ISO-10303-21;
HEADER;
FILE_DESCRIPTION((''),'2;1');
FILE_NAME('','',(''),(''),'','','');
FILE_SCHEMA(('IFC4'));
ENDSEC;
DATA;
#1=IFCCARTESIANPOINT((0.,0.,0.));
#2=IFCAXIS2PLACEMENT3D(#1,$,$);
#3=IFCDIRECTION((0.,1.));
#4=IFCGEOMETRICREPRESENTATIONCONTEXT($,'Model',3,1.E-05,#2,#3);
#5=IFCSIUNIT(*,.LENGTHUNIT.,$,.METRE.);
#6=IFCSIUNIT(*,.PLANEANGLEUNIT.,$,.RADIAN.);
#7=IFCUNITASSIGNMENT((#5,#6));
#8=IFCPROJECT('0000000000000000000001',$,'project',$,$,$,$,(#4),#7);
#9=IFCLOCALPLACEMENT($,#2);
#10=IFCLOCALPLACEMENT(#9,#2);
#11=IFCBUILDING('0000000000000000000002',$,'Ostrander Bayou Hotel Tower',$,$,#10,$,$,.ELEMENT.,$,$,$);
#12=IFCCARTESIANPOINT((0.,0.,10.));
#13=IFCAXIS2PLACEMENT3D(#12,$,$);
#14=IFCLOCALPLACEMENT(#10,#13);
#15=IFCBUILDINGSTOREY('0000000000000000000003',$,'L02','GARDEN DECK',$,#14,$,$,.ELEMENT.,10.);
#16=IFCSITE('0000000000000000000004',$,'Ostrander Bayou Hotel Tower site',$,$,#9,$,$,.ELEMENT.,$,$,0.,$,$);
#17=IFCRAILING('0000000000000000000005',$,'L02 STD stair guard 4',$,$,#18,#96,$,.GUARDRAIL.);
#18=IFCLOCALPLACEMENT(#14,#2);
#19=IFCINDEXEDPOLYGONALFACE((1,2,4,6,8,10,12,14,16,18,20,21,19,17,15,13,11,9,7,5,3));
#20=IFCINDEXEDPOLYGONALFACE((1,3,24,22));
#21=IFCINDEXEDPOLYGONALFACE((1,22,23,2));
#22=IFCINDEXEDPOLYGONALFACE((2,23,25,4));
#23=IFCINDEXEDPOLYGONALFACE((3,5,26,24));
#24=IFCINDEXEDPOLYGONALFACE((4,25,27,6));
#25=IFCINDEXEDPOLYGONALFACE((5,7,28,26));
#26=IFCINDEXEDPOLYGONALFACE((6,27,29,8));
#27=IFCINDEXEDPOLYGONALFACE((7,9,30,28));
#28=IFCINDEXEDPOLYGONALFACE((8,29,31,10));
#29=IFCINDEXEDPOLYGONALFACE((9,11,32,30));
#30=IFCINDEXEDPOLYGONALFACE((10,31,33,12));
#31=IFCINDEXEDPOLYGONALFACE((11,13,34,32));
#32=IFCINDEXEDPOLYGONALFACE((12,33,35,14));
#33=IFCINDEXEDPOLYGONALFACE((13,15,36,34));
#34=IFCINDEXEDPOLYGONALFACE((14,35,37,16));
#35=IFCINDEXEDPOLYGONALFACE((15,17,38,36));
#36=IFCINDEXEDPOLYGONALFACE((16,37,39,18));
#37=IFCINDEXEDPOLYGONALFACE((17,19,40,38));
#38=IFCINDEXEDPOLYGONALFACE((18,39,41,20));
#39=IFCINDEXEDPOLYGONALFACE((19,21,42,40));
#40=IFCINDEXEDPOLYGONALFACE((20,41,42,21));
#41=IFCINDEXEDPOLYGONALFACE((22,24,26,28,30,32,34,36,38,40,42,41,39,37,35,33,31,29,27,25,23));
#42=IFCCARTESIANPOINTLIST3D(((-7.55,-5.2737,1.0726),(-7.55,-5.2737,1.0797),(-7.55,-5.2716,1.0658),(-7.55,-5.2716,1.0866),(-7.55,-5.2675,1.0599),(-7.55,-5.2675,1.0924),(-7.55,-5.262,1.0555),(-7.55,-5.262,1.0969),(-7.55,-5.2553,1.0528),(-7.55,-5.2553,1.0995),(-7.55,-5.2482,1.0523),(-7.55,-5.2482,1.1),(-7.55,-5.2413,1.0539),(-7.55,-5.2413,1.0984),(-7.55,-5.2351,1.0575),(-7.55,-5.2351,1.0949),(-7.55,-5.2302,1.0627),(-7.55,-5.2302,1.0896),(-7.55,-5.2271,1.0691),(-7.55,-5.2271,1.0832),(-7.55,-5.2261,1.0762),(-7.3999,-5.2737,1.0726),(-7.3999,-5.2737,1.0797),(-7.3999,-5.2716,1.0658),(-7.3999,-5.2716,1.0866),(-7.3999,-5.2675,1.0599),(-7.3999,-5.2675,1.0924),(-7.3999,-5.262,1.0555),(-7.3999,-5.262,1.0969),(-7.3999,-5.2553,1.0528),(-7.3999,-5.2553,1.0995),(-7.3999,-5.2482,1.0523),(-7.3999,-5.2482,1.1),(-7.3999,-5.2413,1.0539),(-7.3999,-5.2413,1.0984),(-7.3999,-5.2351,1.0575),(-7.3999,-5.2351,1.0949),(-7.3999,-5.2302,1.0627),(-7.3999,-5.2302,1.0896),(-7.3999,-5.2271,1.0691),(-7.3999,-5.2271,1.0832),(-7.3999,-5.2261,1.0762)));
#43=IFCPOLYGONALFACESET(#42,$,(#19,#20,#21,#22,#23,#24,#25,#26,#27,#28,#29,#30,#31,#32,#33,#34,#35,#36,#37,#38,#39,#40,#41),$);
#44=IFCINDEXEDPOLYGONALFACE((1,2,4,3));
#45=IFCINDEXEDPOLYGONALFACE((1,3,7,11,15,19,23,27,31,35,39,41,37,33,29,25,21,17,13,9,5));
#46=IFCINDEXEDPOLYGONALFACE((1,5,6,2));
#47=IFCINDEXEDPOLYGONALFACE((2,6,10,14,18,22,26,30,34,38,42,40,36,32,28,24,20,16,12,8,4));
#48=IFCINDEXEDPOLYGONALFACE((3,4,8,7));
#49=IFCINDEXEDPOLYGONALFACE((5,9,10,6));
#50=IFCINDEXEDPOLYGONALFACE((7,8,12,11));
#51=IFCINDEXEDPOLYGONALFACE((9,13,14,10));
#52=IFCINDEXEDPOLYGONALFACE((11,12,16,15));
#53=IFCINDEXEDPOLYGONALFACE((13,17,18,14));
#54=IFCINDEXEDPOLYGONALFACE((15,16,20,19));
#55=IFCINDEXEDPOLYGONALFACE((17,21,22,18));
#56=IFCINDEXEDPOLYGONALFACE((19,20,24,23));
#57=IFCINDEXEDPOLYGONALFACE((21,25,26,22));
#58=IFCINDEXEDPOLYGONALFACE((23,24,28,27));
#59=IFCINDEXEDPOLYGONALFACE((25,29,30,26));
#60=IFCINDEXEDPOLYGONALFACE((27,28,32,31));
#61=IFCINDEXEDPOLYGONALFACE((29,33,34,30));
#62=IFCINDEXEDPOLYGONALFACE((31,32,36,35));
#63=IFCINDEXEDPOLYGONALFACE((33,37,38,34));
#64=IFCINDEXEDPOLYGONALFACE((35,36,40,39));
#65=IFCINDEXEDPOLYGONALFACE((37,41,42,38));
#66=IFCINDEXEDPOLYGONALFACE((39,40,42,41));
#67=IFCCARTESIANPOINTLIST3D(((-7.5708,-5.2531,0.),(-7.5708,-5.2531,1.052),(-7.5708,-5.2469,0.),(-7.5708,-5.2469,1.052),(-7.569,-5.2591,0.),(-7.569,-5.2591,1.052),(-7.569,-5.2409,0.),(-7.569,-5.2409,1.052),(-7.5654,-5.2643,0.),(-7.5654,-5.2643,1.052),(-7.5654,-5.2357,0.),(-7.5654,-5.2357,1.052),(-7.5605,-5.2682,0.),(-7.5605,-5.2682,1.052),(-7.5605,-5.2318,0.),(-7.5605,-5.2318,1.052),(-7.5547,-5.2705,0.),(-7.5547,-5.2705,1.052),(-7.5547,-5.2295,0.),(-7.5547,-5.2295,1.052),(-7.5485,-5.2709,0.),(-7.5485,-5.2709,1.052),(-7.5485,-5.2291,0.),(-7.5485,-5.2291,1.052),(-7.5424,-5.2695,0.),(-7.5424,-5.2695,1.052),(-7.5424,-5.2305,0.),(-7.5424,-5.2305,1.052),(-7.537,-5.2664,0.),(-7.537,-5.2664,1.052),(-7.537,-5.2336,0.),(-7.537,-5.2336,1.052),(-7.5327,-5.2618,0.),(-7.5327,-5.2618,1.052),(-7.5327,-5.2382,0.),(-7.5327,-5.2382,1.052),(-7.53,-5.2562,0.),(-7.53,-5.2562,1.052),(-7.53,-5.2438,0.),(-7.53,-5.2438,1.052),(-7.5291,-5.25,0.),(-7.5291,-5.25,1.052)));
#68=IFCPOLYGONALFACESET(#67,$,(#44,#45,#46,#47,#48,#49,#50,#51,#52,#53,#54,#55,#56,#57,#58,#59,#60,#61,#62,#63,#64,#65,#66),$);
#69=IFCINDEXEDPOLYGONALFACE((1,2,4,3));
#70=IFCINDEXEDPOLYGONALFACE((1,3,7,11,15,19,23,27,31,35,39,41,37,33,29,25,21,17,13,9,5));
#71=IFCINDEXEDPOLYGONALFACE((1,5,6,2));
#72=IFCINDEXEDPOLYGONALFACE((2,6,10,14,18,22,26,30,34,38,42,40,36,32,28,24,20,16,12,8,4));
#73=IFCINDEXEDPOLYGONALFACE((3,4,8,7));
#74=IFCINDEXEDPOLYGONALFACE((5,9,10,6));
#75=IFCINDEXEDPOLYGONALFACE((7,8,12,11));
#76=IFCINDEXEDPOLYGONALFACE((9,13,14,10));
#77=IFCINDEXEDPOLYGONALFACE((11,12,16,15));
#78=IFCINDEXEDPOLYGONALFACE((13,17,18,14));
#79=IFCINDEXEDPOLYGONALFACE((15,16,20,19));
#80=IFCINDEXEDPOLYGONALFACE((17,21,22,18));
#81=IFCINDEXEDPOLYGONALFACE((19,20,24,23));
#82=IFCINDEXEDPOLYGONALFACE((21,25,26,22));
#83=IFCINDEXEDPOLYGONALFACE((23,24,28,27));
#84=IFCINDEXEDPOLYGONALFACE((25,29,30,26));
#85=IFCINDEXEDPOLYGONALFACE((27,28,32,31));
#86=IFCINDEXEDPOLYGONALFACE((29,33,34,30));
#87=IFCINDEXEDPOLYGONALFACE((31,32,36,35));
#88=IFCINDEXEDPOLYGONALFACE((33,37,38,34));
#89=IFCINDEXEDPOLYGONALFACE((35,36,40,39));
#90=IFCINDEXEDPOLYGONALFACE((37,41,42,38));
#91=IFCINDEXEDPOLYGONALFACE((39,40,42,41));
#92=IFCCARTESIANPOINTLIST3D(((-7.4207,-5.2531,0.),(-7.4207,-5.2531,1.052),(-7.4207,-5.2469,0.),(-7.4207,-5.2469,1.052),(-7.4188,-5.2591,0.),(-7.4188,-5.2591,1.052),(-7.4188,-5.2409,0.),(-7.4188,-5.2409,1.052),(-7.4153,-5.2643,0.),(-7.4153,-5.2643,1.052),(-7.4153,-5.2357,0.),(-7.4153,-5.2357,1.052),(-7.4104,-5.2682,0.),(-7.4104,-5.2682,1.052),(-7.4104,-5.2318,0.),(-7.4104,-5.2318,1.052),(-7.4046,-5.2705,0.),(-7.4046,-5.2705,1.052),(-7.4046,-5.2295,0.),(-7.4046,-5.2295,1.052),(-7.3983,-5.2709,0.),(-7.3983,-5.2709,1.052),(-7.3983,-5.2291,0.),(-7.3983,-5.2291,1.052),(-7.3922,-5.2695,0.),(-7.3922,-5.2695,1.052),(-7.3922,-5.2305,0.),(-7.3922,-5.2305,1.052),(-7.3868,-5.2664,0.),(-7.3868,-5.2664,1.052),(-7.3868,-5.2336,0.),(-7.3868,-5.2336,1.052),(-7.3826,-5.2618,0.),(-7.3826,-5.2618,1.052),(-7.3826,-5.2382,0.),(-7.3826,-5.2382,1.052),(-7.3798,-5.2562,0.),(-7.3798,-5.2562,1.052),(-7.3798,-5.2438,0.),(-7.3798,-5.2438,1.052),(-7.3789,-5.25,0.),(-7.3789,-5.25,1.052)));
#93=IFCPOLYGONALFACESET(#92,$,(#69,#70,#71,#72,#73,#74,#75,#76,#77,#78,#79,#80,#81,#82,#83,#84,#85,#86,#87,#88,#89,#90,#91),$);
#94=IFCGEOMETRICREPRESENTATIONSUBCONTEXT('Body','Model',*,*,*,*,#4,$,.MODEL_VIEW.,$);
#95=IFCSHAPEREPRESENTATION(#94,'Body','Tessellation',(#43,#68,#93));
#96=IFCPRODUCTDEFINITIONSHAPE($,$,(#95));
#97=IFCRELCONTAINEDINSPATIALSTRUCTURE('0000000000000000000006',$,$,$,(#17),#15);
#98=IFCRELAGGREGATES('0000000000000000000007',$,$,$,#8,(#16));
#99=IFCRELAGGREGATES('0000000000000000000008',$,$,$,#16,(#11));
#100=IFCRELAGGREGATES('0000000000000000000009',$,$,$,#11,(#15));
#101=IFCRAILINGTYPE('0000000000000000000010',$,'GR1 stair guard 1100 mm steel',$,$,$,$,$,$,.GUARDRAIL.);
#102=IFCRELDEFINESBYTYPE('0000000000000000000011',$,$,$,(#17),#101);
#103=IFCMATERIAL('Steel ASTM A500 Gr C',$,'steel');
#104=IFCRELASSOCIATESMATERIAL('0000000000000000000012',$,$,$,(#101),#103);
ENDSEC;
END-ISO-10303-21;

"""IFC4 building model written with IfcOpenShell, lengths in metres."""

from ifc_helpers import new_model, si_unit, direction, frame, origin, origin_2d, place, context, subcontext, project, spatial, circle, extrude, material, type_object, element, save


model = new_model("IFC4")

# Units and contexts
model_context = context("Model", 3, precision=1e-05, world=origin(), true_north=direction((0.0, 1.0)))
body_context = subcontext(model_context, "Body", "Model", "MODEL_VIEW")
ifc_project = project(units=[si_unit("LENGTHUNIT", "METRE"), si_unit("PLANEANGLEUNIT", "RADIAN")], contexts=[model_context])

# Site, building, storey
site_placement = place(None, origin())
site = spatial("IfcSite", under=ifc_project, at=site_placement, Name="Ostrander Bayou Hotel Tower site", CompositionType="ELEMENT", RefElevation=0.0)
building_placement = place(site_placement, origin())
building = spatial("IfcBuilding", under=site, at=building_placement, Name="Ostrander Bayou Hotel Tower", CompositionType="ELEMENT")
storey_placement = place(building_placement, frame((0.0, 0.0, 10.0)))
storey = spatial("IfcBuildingStorey", under=building, at=storey_placement, Name="L02", Description="GARDEN DECK", CompositionType="ELEMENT", Elevation=10.0)

# Railing
ifc_material_1 = material(Name="Steel ASTM A500 Gr C", Category="steel")
railing_type_1 = type_object("IfcRailingType", Name="GR1 stair guard 1100 mm steel", PredefinedType="GUARDRAIL", material=ifc_material_1)
railing_1_placement = place(storey_placement, frame((-7.55, -5.25, 0.0)))
element("IfcRailing", 1, at=railing_1_placement, inside=storey, type_object=railing_type_1, Name="L02 STD stair guard 4", PredefinedType="GUARDRAIL", context=body_context, shape_type="SweptSolid", body=[
    extrude(circle(Radius=0.0239, at=origin_2d()), frame((0.0, 0.0, 1.0762), z_axis=(1.0, 0.0, 0.0), x_axis=(0.0, 1.0, 0.0)), (0.0, 0.0, 1.0), 0.1501),
    extrude(circle(Radius=0.021, at=origin_2d()), origin(), (0.0, 0.0, 1.0), 1.052),
    extrude(circle(Radius=0.021, at=origin_2d()), frame((0.1501, 0.0, 0.0)), (0.0, 0.0, 1.0), 1.052),
])

save(model, "model.ifc")
